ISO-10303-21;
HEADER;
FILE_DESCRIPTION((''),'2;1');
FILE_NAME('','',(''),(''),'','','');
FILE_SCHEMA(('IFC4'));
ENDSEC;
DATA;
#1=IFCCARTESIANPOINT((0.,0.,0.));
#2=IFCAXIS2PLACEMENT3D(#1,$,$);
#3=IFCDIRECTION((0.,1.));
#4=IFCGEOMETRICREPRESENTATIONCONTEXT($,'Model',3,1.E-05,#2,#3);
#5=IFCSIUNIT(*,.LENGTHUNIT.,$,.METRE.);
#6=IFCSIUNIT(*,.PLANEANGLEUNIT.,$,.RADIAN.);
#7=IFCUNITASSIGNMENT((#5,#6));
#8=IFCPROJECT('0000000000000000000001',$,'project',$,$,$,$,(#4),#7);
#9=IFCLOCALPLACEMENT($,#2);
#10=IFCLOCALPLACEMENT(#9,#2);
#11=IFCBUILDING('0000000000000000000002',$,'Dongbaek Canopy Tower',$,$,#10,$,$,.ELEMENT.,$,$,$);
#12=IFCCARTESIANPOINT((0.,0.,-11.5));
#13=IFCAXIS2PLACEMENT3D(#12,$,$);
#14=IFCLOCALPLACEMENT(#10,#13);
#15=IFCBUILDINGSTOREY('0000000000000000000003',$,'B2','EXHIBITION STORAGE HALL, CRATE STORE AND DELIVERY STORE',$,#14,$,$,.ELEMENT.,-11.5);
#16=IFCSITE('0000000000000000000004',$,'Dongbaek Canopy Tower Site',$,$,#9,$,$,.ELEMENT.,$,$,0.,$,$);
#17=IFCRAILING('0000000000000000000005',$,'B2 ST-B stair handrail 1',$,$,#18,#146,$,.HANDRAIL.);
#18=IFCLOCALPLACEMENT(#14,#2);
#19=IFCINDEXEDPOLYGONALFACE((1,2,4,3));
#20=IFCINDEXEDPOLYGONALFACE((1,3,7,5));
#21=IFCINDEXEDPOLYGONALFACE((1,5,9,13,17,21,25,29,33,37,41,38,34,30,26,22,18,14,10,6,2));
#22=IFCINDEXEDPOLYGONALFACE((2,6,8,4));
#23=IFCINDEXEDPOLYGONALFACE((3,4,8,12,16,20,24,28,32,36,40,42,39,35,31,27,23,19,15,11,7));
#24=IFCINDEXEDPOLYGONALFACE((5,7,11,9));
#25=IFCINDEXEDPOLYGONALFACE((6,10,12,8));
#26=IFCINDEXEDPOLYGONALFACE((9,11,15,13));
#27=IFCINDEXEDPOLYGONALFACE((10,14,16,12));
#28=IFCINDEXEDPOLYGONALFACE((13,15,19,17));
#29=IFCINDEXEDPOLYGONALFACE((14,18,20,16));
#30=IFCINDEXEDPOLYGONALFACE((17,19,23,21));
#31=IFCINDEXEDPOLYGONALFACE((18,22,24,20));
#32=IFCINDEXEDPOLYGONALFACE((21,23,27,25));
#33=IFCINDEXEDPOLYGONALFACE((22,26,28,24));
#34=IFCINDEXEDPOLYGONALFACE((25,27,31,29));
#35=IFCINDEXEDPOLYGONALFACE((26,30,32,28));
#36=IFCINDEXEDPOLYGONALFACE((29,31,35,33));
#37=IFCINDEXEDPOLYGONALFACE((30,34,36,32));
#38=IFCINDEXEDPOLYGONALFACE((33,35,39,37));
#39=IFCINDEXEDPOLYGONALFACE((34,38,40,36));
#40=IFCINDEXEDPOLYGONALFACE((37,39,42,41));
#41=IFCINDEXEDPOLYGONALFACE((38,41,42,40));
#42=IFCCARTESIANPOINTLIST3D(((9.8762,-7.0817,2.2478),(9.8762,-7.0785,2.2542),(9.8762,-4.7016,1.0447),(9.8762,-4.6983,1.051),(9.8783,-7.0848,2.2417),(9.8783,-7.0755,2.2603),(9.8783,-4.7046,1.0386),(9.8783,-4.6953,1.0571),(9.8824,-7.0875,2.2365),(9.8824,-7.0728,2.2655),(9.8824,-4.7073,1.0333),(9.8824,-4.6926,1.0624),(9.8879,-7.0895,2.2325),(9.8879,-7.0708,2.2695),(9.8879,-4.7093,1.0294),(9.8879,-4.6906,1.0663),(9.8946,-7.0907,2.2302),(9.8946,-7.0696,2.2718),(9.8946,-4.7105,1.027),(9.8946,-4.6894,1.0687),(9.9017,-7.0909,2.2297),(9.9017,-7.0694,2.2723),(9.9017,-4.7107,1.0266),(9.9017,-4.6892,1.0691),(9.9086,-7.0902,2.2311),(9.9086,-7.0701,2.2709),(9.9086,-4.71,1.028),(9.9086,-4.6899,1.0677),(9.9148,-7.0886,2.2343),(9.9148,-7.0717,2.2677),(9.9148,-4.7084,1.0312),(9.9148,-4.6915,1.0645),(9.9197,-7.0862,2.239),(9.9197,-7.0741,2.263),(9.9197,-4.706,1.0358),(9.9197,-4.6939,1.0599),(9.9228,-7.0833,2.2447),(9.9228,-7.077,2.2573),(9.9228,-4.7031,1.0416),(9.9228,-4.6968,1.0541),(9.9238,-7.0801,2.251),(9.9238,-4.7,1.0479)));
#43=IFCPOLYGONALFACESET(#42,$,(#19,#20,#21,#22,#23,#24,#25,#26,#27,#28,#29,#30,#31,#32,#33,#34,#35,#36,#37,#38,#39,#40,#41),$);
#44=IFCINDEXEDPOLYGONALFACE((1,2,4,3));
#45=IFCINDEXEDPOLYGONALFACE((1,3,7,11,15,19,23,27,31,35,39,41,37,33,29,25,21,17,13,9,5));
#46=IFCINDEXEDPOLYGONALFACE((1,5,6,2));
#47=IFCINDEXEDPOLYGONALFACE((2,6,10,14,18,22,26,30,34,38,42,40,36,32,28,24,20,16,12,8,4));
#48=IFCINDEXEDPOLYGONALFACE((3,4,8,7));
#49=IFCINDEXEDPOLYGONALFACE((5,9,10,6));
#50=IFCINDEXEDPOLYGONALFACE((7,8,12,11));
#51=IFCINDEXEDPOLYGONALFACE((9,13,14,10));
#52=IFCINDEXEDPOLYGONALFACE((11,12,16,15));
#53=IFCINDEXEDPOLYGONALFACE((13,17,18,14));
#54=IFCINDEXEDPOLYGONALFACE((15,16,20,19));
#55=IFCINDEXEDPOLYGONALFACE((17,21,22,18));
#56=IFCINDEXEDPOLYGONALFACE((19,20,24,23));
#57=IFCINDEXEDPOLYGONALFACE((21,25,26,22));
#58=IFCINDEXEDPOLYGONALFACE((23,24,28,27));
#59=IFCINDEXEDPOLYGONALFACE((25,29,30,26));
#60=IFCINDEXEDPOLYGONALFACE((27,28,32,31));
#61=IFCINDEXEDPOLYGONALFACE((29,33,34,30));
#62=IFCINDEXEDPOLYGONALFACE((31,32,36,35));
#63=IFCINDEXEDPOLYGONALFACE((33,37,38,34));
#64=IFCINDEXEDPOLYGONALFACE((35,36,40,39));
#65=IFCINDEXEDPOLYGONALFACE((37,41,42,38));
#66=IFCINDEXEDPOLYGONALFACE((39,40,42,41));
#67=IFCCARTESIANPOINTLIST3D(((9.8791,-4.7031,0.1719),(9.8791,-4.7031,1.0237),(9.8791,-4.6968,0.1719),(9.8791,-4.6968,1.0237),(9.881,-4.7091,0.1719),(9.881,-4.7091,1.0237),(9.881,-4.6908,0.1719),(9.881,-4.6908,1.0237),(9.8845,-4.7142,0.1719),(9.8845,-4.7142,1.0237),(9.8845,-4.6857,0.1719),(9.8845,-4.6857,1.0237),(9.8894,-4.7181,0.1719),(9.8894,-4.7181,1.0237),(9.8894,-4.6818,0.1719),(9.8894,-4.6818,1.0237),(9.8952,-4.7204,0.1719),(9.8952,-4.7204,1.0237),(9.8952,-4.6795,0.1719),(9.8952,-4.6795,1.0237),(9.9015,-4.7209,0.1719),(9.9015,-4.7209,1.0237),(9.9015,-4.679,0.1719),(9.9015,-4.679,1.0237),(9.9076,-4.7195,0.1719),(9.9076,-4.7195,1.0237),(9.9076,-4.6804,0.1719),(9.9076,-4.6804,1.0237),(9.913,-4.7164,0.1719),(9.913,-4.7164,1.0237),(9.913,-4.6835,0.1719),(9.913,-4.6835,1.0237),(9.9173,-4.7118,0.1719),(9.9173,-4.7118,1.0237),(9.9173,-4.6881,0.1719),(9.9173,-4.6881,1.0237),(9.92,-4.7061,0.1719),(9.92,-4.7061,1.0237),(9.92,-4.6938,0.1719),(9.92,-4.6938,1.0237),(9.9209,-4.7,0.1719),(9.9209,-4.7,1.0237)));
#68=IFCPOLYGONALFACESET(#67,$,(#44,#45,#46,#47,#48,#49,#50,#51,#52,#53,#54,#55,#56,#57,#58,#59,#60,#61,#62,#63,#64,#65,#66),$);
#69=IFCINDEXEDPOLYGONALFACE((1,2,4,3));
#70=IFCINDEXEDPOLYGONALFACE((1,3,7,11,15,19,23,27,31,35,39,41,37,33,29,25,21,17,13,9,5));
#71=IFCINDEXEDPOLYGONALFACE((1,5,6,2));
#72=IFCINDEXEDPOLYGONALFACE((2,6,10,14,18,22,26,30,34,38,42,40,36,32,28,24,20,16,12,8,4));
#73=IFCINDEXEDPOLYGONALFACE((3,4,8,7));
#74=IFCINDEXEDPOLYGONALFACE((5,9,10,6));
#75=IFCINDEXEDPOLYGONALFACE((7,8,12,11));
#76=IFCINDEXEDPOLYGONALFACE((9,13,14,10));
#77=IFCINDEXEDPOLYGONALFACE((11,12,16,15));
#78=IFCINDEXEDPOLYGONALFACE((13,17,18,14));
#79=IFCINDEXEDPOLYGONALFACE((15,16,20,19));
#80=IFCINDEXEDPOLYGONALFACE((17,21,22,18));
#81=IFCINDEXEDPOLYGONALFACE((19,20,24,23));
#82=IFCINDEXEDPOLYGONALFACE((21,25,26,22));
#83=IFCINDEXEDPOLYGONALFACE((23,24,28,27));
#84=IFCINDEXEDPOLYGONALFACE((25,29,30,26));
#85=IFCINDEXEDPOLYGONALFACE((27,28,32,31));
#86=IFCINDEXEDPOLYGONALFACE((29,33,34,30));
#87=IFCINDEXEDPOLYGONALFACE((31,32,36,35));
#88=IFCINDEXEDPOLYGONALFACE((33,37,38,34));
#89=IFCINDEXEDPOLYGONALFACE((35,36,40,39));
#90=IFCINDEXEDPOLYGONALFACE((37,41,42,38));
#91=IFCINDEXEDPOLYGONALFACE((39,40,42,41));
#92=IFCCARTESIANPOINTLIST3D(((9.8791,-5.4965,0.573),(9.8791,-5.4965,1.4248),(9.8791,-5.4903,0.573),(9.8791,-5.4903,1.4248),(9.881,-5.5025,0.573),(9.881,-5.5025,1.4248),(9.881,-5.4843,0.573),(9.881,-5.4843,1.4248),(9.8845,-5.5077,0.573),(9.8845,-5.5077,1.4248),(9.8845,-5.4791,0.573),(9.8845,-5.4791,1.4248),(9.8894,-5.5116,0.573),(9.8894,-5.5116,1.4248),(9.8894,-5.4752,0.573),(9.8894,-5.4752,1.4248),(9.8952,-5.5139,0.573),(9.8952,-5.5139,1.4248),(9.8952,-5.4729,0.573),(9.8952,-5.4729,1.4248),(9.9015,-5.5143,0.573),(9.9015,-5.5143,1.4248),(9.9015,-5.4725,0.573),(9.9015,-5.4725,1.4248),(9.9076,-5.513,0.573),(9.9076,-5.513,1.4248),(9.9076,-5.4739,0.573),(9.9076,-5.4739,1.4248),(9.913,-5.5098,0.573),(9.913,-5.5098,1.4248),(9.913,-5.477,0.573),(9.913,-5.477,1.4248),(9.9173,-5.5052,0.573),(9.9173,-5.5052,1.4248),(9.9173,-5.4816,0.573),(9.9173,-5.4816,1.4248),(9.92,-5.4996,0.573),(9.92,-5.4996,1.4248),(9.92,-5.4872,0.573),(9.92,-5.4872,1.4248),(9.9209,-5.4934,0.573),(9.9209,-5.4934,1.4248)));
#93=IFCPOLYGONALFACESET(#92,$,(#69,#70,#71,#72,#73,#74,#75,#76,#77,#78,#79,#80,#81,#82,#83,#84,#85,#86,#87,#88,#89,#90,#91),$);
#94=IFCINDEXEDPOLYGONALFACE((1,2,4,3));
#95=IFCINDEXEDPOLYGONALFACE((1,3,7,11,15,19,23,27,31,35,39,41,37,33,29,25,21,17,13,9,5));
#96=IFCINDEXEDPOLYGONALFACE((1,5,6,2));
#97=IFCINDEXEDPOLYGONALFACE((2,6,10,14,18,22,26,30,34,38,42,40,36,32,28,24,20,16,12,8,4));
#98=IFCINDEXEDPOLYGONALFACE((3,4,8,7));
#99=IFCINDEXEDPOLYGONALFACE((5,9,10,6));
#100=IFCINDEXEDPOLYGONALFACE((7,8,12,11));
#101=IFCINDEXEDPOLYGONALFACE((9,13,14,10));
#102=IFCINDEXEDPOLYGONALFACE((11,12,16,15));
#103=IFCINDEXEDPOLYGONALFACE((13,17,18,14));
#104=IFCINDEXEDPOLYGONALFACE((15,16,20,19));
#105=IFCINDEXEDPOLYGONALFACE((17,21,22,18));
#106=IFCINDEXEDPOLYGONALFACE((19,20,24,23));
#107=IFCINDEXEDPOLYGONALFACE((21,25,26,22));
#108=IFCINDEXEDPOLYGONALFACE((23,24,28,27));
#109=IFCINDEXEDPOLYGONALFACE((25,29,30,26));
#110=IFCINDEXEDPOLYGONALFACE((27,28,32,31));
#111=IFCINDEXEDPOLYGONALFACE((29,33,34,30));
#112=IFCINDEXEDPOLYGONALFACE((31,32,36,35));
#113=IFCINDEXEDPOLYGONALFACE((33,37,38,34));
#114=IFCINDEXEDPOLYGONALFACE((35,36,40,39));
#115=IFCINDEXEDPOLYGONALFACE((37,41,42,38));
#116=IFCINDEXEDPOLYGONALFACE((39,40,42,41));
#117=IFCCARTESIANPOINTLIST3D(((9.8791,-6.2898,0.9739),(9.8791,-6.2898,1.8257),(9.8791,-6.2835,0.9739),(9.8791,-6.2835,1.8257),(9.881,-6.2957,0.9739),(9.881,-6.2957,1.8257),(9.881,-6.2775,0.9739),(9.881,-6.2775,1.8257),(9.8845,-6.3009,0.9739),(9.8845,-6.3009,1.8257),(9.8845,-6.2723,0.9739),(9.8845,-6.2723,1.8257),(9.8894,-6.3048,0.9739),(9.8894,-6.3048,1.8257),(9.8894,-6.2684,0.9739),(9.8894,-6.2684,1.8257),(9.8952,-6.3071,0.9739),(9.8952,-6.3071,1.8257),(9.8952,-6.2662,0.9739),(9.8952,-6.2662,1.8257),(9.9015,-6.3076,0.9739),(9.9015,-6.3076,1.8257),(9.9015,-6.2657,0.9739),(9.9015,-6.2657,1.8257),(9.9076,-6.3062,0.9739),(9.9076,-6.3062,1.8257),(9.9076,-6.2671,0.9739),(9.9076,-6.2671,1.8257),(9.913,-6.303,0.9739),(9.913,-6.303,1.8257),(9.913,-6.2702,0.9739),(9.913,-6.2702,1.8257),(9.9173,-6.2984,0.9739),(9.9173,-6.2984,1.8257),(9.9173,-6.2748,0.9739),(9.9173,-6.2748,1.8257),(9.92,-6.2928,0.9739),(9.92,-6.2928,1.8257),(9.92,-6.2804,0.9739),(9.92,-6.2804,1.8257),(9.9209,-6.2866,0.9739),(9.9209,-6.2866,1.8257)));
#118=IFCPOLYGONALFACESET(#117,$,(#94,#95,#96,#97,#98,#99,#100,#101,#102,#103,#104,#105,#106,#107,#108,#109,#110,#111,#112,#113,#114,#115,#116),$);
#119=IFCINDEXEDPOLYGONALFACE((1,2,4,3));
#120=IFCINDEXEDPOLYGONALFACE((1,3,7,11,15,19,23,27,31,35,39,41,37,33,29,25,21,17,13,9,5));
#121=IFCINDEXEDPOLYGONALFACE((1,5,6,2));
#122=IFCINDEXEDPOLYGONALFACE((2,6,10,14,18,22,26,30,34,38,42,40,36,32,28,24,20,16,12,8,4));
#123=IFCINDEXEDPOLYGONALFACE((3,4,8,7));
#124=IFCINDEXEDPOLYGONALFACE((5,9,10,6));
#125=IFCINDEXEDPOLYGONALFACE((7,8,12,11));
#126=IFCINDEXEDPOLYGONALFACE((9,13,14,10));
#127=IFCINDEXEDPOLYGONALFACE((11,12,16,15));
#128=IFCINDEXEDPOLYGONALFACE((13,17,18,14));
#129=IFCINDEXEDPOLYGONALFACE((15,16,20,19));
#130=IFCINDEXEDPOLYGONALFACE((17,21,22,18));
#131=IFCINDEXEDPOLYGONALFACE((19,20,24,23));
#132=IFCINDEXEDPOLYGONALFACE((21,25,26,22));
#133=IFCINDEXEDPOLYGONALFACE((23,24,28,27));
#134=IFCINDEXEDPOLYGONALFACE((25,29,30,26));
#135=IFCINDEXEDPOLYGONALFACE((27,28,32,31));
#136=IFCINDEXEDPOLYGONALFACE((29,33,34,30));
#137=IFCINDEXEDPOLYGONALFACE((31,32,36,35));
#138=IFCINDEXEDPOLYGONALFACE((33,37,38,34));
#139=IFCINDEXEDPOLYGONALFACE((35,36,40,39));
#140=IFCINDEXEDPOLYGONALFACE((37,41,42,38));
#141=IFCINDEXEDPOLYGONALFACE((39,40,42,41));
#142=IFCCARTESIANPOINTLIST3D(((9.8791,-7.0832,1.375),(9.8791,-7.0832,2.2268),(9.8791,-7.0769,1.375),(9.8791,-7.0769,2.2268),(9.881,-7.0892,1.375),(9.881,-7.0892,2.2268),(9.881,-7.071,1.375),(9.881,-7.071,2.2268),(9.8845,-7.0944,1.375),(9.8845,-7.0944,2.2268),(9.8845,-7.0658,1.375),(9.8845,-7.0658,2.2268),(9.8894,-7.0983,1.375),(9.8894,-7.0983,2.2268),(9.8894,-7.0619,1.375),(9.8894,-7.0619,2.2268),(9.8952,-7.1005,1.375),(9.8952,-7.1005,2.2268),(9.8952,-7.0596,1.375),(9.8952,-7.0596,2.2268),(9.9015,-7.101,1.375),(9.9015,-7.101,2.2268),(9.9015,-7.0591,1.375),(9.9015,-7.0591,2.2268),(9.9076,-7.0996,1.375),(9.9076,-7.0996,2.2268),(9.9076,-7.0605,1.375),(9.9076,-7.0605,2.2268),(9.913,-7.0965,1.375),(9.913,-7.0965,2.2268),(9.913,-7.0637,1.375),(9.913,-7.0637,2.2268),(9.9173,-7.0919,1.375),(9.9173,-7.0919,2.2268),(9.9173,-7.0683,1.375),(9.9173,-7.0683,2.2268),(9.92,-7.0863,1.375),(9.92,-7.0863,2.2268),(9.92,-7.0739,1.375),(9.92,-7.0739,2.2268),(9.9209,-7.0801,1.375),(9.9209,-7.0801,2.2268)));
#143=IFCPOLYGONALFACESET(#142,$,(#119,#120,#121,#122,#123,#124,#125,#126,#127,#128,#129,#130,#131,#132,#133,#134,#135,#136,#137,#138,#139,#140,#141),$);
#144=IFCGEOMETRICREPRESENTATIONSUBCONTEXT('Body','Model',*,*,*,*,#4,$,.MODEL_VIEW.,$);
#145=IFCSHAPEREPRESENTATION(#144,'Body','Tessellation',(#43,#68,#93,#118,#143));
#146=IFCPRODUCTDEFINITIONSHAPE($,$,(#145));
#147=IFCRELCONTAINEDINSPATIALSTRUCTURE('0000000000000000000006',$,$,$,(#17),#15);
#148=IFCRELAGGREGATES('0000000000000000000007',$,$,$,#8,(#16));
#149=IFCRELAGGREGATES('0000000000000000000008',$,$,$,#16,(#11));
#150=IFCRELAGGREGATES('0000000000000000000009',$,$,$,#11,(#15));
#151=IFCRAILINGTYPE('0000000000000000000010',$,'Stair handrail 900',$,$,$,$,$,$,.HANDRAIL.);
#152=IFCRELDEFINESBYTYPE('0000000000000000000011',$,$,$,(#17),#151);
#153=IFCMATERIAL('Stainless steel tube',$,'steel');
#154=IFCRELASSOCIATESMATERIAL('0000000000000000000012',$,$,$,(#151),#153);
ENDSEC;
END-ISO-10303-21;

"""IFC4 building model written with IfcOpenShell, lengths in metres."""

from ifc_helpers import new_model, si_unit, direction, frame, origin, origin_2d, place, context, subcontext, project, spatial, circle, extrude, material, type_object, element, save


model = new_model("IFC4")

# Units and contexts
model_context = context("Model", 3, precision=1e-05, world=origin(), true_north=direction((0.0, 1.0)))
body_context = subcontext(model_context, "Body", "Model", "MODEL_VIEW")
ifc_project = project(units=[si_unit("LENGTHUNIT", "METRE"), si_unit("PLANEANGLEUNIT", "RADIAN")], contexts=[model_context])

# Site, building, storey
site_placement = place(None, origin())
site = spatial("IfcSite", under=ifc_project, at=site_placement, Name="Dongbaek Canopy Tower Site", CompositionType="ELEMENT", RefElevation=0.0)
building_placement = place(site_placement, origin())
building = spatial("IfcBuilding", under=site, at=building_placement, Name="Dongbaek Canopy Tower", CompositionType="ELEMENT")
storey_placement = place(building_placement, frame((0.0, 0.0, -11.5)))
storey = spatial("IfcBuildingStorey", under=building, at=storey_placement, Name="B2", Description="EXHIBITION STORAGE HALL, CRATE STORE AND DELIVERY STORE", CompositionType="ELEMENT", Elevation=-11.5)

# Railing
ifc_material_1 = material(Name="Stainless steel tube", Category="steel")
railing_type_1 = type_object("IfcRailingType", Name="Stair handrail 900", PredefinedType="HANDRAIL", material=ifc_material_1)
for number, where, name in (
    (1, (9.8999, -4.7, 0.1719), "B2 ST-B stair handrail 1"),
):
    element("IfcRailing", number, at=place(storey_placement, frame(where)), inside=storey, type_object=railing_type_1, Name=name, PredefinedType="HANDRAIL", context=body_context, shape_type="SweptSolid", body=[
        extrude(circle(Radius=0.0239, at=origin_2d()), frame((0.0, 0.0, 0.876), z_axis=(0.0, -0.89246, 0.451127), x_axis=(1.0, 0.0, 0.0)), (0.0, 0.0, 1.0), 2.667),
        extrude(circle(Radius=0.021, at=origin_2d()), origin(), (0.0, 0.0, 1.0), 0.8518),
        extrude(circle(Radius=0.021, at=origin_2d()), frame((0.0, -0.7935, 0.4011)), (0.0, 0.0, 1.0), 0.8518),
        extrude(circle(Radius=0.021, at=origin_2d()), frame((0.0, -1.5867, 0.802)), (0.0, 0.0, 1.0), 0.8518),
        extrude(circle(Radius=0.021, at=origin_2d()), frame((0.0, -2.3801, 1.2031)), (0.0, 0.0, 1.0), 0.8518),
    ])

save(model, "model.ifc")
